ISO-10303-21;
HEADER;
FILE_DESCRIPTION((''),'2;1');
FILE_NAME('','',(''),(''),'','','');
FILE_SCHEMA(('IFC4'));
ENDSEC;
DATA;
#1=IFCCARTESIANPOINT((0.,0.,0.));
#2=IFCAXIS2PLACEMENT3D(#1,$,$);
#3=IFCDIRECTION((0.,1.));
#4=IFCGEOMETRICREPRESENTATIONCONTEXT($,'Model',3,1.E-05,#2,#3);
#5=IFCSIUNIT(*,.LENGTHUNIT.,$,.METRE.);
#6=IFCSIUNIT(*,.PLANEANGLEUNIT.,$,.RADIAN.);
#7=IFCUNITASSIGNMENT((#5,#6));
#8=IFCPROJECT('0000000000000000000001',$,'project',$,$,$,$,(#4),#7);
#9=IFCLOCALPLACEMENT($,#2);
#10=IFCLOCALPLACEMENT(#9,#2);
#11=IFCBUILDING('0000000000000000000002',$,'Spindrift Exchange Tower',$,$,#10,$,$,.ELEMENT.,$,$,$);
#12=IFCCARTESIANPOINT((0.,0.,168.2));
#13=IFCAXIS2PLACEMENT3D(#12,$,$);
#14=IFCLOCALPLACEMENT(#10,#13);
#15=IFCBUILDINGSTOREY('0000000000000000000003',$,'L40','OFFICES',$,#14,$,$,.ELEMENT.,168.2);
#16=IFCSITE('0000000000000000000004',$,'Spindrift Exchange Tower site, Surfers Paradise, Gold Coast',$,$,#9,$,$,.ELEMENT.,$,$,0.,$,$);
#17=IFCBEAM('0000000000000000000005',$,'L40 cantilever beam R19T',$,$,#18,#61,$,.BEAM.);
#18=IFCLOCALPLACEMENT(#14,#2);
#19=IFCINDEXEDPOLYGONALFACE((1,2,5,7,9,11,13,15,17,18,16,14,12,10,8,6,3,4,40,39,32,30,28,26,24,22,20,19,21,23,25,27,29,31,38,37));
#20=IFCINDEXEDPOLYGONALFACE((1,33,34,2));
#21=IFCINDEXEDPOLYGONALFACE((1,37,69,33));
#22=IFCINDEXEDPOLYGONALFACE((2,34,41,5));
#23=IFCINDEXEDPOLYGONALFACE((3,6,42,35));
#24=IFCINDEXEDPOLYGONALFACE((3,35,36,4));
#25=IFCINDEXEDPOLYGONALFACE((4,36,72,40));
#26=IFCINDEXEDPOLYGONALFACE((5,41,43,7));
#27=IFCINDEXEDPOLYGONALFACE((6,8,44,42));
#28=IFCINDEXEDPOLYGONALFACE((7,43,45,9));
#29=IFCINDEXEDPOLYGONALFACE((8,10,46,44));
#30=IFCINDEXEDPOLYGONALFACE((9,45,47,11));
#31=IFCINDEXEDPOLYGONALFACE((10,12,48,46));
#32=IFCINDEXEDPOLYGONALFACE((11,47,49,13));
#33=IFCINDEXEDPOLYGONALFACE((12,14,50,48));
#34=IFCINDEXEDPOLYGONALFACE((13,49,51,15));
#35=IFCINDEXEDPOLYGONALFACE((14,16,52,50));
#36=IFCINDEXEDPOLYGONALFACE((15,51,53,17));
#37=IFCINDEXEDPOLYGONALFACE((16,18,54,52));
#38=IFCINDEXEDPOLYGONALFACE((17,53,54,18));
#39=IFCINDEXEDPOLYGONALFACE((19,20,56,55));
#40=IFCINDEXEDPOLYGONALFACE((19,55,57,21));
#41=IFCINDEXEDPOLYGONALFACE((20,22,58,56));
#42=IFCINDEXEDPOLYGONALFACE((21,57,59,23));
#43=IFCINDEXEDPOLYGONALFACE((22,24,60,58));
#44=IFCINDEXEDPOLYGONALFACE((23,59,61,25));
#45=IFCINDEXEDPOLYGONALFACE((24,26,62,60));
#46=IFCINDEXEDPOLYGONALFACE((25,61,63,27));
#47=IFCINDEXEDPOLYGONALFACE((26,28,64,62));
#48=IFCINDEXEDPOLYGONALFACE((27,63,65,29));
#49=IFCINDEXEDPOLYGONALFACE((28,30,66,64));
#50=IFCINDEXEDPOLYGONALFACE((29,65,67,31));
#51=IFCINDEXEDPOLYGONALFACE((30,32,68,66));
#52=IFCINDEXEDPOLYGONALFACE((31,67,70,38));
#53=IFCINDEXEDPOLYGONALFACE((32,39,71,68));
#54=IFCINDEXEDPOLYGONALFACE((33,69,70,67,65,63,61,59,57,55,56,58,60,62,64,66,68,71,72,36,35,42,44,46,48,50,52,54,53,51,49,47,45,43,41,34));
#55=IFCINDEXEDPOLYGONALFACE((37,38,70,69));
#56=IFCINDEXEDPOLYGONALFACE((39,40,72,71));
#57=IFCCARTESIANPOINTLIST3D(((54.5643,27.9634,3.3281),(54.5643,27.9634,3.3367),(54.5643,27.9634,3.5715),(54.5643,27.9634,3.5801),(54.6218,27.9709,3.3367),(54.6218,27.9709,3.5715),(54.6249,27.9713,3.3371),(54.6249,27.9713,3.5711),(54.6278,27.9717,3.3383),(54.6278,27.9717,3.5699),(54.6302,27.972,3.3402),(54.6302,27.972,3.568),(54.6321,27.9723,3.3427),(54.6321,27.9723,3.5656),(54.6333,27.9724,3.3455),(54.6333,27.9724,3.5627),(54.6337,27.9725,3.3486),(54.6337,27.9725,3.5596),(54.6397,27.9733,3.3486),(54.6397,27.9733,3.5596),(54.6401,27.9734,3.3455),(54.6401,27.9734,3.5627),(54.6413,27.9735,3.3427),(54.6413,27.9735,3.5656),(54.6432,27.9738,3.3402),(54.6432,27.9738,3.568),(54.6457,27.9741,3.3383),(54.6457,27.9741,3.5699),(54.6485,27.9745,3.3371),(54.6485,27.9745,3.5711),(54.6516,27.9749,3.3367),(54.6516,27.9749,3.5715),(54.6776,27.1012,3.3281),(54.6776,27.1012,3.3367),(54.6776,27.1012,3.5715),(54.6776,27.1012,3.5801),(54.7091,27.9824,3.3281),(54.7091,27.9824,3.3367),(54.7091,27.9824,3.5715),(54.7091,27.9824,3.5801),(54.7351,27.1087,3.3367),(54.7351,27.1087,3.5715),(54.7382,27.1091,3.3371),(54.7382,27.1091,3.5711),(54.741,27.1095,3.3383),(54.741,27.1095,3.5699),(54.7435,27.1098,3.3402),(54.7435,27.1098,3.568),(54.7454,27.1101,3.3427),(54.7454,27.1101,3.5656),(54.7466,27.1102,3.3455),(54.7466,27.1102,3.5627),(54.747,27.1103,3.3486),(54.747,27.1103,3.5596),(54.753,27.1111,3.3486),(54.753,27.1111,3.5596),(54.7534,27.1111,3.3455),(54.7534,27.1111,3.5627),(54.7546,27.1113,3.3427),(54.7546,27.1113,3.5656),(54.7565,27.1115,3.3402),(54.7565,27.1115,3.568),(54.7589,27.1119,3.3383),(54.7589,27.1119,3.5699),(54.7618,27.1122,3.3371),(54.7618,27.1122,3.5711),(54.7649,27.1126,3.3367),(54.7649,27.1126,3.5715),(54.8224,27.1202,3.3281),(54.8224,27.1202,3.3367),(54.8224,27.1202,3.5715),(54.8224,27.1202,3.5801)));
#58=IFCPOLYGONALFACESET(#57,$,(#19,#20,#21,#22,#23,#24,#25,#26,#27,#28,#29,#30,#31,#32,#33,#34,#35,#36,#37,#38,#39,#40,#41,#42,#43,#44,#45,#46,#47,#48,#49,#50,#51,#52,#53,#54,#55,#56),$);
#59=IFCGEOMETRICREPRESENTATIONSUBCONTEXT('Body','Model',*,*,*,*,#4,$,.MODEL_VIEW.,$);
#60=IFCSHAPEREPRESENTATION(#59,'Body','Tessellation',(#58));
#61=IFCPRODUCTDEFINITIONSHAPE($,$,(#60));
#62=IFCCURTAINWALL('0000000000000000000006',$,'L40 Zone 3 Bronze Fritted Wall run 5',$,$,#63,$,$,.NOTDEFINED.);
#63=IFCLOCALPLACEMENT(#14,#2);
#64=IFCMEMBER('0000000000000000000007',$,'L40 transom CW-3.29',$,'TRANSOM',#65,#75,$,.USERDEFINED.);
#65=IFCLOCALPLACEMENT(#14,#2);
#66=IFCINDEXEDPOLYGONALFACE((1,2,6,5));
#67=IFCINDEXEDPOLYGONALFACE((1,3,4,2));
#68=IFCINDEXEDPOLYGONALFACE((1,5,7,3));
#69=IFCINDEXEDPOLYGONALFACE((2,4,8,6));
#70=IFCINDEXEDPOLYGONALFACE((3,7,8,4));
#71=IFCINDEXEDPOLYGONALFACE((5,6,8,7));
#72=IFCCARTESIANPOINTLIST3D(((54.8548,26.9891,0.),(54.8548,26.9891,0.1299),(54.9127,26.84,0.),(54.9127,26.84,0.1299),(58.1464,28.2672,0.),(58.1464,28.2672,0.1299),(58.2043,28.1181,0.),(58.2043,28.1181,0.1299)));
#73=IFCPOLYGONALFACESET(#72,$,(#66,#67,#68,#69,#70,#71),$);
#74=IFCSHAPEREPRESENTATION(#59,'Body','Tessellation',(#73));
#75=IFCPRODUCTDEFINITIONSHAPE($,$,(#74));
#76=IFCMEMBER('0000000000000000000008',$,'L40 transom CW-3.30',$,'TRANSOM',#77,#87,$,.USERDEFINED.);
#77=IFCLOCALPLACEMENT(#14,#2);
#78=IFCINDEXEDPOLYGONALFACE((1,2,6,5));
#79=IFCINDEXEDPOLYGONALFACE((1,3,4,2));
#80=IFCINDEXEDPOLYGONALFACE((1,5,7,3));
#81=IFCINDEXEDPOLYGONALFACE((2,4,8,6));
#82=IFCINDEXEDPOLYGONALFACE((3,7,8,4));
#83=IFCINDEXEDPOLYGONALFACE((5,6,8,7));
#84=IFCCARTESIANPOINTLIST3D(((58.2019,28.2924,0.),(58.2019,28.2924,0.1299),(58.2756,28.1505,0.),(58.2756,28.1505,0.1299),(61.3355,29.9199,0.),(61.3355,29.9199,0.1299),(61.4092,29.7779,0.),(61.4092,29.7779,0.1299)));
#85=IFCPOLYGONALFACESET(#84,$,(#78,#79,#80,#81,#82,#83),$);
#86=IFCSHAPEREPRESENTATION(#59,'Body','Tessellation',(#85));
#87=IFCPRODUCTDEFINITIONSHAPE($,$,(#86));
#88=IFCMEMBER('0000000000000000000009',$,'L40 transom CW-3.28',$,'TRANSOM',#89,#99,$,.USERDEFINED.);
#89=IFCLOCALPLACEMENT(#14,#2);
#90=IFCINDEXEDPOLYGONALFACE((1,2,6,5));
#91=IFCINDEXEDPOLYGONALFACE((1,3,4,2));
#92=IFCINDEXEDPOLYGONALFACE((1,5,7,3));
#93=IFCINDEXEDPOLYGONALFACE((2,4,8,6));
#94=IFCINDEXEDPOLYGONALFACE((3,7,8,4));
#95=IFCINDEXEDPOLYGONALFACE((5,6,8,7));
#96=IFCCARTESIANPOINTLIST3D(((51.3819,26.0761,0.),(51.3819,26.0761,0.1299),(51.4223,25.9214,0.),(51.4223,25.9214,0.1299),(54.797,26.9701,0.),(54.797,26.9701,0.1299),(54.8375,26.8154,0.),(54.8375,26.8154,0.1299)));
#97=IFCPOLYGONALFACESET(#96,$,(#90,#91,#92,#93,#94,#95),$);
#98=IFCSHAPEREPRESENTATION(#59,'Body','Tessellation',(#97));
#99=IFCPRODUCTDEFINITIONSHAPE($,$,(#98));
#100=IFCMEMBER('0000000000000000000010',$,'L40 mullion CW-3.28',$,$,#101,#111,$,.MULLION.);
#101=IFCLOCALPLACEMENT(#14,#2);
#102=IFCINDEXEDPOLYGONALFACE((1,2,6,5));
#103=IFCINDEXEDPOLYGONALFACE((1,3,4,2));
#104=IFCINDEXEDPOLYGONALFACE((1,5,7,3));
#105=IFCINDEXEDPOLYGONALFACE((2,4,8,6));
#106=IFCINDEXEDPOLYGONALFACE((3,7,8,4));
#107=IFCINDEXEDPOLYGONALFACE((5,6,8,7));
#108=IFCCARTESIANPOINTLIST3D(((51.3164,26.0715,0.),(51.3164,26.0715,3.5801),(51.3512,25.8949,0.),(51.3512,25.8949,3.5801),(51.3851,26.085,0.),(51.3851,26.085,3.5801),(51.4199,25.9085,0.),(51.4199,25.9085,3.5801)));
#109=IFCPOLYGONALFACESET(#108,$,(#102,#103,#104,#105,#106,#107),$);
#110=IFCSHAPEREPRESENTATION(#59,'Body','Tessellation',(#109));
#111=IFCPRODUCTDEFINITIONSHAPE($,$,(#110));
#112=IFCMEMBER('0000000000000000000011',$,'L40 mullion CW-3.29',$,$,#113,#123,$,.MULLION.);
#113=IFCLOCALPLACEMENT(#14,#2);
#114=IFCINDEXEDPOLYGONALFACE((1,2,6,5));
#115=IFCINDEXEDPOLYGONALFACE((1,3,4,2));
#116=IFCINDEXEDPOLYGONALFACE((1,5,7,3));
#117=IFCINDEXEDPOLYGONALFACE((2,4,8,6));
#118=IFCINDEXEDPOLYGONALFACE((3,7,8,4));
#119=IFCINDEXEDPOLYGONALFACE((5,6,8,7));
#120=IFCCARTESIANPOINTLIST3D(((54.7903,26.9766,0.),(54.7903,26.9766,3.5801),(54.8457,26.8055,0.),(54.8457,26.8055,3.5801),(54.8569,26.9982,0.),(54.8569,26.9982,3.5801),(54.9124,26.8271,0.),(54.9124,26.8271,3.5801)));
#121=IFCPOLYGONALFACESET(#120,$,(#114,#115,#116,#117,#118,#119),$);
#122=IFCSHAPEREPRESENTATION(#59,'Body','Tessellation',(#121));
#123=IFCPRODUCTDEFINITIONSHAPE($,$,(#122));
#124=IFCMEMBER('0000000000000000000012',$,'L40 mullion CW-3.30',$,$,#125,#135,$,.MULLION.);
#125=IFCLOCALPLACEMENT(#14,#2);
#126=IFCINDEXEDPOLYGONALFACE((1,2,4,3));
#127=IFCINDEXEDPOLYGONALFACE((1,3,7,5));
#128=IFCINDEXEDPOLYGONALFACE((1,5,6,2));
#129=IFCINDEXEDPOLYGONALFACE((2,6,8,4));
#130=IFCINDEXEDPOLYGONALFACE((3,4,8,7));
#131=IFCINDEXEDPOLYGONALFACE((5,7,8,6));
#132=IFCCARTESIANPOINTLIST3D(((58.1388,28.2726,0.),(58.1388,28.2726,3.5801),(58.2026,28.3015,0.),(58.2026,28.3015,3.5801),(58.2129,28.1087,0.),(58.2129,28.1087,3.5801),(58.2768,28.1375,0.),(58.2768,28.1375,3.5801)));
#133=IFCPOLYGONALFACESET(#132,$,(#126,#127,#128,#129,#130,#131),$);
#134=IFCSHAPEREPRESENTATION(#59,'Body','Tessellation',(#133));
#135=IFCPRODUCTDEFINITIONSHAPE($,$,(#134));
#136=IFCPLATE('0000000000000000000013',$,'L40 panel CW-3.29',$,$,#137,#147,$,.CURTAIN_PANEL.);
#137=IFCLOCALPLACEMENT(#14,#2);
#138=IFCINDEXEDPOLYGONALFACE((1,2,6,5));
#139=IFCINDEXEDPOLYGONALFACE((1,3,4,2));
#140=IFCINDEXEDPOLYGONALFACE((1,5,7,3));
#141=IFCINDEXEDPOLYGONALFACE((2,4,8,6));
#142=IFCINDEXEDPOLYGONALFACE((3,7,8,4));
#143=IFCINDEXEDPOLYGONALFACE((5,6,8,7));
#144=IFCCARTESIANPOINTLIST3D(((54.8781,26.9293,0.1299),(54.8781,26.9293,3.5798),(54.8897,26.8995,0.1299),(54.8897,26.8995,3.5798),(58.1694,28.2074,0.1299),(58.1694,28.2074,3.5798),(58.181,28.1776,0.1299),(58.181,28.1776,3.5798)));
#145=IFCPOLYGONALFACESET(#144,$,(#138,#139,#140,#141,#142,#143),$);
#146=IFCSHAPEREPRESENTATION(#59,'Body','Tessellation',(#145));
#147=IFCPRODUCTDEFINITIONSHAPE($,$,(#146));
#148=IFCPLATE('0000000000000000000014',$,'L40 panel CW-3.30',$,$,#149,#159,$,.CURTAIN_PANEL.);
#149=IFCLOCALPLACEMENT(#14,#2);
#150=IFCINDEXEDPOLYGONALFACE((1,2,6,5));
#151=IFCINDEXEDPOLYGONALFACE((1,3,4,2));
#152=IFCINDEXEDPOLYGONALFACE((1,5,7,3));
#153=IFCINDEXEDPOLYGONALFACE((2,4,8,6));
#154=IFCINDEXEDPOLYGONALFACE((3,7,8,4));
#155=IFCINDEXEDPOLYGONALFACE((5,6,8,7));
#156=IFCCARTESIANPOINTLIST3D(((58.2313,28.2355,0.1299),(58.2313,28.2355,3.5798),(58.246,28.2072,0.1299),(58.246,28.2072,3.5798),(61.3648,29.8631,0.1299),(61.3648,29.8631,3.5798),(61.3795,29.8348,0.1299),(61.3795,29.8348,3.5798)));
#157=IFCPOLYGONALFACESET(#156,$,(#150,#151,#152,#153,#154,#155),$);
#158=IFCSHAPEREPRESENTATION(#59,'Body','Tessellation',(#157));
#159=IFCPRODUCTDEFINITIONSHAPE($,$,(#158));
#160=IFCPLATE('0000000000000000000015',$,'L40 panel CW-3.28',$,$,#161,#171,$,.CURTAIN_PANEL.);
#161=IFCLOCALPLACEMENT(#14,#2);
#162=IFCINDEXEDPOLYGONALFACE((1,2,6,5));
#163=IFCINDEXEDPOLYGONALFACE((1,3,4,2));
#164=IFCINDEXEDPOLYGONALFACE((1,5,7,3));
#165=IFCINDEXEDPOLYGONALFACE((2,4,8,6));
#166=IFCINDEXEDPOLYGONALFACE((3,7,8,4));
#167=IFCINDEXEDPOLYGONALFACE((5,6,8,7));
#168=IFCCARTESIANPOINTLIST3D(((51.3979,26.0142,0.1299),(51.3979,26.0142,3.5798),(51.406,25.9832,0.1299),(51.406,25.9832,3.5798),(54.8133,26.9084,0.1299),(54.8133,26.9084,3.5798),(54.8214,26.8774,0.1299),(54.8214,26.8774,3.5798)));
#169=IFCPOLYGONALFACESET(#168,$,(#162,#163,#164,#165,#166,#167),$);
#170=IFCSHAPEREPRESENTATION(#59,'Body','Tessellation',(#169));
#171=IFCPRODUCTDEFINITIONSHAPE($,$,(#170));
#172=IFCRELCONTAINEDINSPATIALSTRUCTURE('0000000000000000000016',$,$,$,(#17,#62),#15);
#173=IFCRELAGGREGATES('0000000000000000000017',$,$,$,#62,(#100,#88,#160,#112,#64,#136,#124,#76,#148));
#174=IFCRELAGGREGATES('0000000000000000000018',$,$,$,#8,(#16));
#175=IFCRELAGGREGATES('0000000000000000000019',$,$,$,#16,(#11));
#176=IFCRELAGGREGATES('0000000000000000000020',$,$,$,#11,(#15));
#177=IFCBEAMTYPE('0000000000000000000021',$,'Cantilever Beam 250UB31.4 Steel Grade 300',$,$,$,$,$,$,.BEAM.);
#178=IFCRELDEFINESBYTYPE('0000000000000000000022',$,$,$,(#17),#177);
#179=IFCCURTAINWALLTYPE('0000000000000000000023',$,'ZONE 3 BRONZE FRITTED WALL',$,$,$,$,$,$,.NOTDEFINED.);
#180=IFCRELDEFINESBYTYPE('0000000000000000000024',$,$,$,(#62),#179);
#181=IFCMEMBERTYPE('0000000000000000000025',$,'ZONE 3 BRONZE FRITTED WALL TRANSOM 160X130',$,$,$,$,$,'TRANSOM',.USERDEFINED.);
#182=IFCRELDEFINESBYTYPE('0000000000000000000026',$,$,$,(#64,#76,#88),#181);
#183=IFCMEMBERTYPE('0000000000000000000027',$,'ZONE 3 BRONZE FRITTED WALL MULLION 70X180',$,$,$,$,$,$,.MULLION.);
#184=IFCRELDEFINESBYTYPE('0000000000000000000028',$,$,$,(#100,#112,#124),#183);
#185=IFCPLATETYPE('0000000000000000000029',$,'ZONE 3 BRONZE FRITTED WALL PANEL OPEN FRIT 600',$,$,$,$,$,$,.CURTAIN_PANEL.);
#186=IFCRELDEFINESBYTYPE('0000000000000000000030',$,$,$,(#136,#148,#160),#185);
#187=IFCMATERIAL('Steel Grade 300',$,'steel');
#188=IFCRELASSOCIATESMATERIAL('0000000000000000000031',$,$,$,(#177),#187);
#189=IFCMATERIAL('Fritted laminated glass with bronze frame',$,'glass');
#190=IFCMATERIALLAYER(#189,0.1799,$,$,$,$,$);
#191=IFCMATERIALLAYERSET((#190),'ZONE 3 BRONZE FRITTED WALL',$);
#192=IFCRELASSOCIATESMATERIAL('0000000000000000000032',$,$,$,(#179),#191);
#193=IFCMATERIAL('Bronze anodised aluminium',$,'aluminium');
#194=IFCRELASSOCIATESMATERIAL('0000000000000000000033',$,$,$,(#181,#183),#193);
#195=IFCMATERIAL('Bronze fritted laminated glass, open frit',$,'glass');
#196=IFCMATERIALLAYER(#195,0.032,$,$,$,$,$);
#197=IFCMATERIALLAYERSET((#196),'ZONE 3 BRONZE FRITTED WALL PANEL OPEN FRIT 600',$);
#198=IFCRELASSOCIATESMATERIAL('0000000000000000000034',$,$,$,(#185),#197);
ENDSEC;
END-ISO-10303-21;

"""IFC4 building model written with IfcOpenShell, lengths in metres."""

from ifc_helpers import new_model, si_unit, direction, frame, origin, origin_2d, place, context, subcontext, project, spatial, rectangle, i_section, extrude, source, transform, mapped, material, layer, layer_set, material_profile, profile_set, type_object, element, aggregate, save


model = new_model("IFC4")

# Units and contexts
model_context = context("Model", 3, precision=1e-05, world=origin(), true_north=direction((0.0, 1.0)))
body_context = subcontext(model_context, "Body", "Model", "MODEL_VIEW")
ifc_project = project(units=[si_unit("LENGTHUNIT", "METRE"), si_unit("PLANEANGLEUNIT", "RADIAN")], contexts=[model_context])

# Site, building, storey
site_placement = place(None, origin())
site = spatial("IfcSite", under=ifc_project, at=site_placement, Name="Spindrift Exchange Tower site, Surfers Paradise, Gold Coast", CompositionType="ELEMENT", RefElevation=0.0)
building_placement = place(site_placement, origin())
building = spatial("IfcBuilding", under=site, at=building_placement, Name="Spindrift Exchange Tower", CompositionType="ELEMENT")
storey_placement = place(building_placement, frame((0.0, 0.0, 168.2)))
storey = spatial("IfcBuildingStorey", under=building, at=storey_placement, Name="L40", Description="OFFICES", CompositionType="ELEMENT", Elevation=168.2)

# Beam
ifc_material_1 = material(Name="Steel Grade 300", Category="steel")
ifc_material_profile_1 = material_profile(ifc_material_1, i_section(OverallWidth=0.146, OverallDepth=0.252, WebThickness=0.0061, FlangeThickness=0.0085, FilletRadius=0.012, at=origin_2d()), Name="250UB31.4")
ifc_profile_set_1 = profile_set([ifc_material_profile_1], Name="Steel Grade 300")
beam_type_1 = type_object("IfcBeamType", Name="Cantilever Beam 250UB31.4 Steel Grade 300", PredefinedType="BEAM", material=ifc_profile_set_1)
shared_shape_1 = source(origin(), body_context, "Body", "SweptSolid", [
    extrude(i_section(OverallWidth=0.146, OverallDepth=0.252, WebThickness=0.0061, FlangeThickness=0.0085, FilletRadius=0.012, at=origin_2d()), origin(), (0.0, 0.0, 1.0), 0.8696),
])
beam_1_placement = place(storey_placement, frame((54.6367, 27.9729, 3.4541), z_axis=(0.130251, -0.991481, 0.0), x_axis=(0.991481, 0.130251, 0.0)))
element("IfcBeam", 1, at=beam_1_placement, inside=storey, type_object=beam_type_1, Name="L40 cantilever beam R19T", PredefinedType="BEAM", context=body_context, shape_type="MappedRepresentation", body=[
    mapped(shared_shape_1, transform((0.0, 0.0, 0.0), scale=1.0)),
])

# Curtain wall, members, plates
ifc_material_2 = material(Name="Fritted laminated glass with bronze frame", Category="glass")
ifc_layer_1 = layer(ifc_material_2, 0.1799)
ifc_layer_set_1 = layer_set([ifc_layer_1], Name="ZONE 3 BRONZE FRITTED WALL")
curtain_wall_type = type_object("IfcCurtainWallType", Name="ZONE 3 BRONZE FRITTED WALL", PredefinedType="NOTDEFINED", material=ifc_layer_set_1)
curtain_wall_placement = place(storey_placement, origin())
curtain_wall = element("IfcCurtainWall", 2, at=curtain_wall_placement, inside=storey, type_object=curtain_wall_type, Name="L40 Zone 3 Bronze Fritted Wall run 5", PredefinedType="NOTDEFINED")
ifc_material_3 = material(Name="Bronze anodised aluminium", Category="aluminium")
ifc_material_profile_2 = material_profile(ifc_material_3, rectangle(XDim=0.1599, YDim=0.1299, at=origin_2d()), Name="ZONE 3 BRONZE FRITTED WALL TRANSOM 160X130")
ifc_profile_set_2 = profile_set([ifc_material_profile_2], Name="Bronze anodised aluminium")
member_type_1 = type_object("IfcMemberType", Name="ZONE 3 BRONZE FRITTED WALL TRANSOM 160X130", ElementType="TRANSOM", PredefinedType="USERDEFINED", material=ifc_profile_set_2)
shared_shape_2 = source(origin(), body_context, "Body", "SweptSolid", [
    extrude(rectangle(XDim=0.1599, YDim=0.1299, at=origin_2d()), origin(), (0.0, 0.0, 1.0), 3.531),
])
member_1_placement = place(storey_placement, frame((54.8838, 26.9146, 0.0649), z_axis=(0.932191, 0.361966, 0.0), x_axis=(-0.361966, 0.932191, 0.0)))
member_1 = element("IfcMember", 3, at=member_1_placement, type_object=member_type_1, Name="L40 transom CW-3.29", ObjectType="TRANSOM", PredefinedType="USERDEFINED", context=body_context, shape_type="MappedRepresentation", body=[
    mapped(shared_shape_2, transform((0.0, 0.0, 0.0), scale=1.0)),
])
member_2_placement = place(storey_placement, frame((58.2388, 28.2214, 0.0649), z_axis=(0.887449, 0.460906, 0.0), x_axis=(-0.460906, 0.887449, 0.0)))
member_2 = element("IfcMember", 4, at=member_2_placement, type_object=member_type_1, Name="L40 transom CW-3.30", ObjectType="TRANSOM", PredefinedType="USERDEFINED", context=body_context, shape_type="MappedRepresentation", body=[
    mapped(shared_shape_2, transform((0.0, 0.0, 0.0), scale=1.0)),
])
shared_shape_3 = source(origin(), body_context, "Body", "SweptSolid", [
    extrude(rectangle(XDim=0.1599, YDim=0.1299, at=origin_2d()), origin(), (0.0, 0.0, 1.0), 3.5303),
])
member_3_placement = place(storey_placement, frame((51.4021, 25.9988, 0.0649), z_axis=(0.967402, 0.253244, 0.0), x_axis=(-0.253244, 0.967402, 0.0)))
member_3 = element("IfcMember", 5, at=member_3_placement, type_object=member_type_1, Name="L40 transom CW-3.28", ObjectType="TRANSOM", PredefinedType="USERDEFINED", context=body_context, shape_type="MappedRepresentation", body=[
    mapped(shared_shape_3, transform((0.0, 0.0, 0.0), scale=1.0)),
])
ifc_material_profile_3 = material_profile(ifc_material_3, rectangle(XDim=0.0701, YDim=0.1799, at=origin_2d()), Name="ZONE 3 BRONZE FRITTED WALL MULLION 70X180")
ifc_profile_set_3 = profile_set([ifc_material_profile_3], Name="Bronze anodised aluminium")
member_type_2 = type_object("IfcMemberType", Name="ZONE 3 BRONZE FRITTED WALL MULLION 70X180", PredefinedType="MULLION", material=ifc_profile_set_3)
shared_shape_4 = source(origin(), body_context, "Body", "SweptSolid", [
    extrude(rectangle(XDim=0.0701, YDim=0.1799, at=origin_2d()), origin(), (0.0, 0.0, 1.0), 3.5801),
])
member_4_placement = place(storey_placement, frame((51.3682, 25.99, 0.0), z_axis=(0.0, 0.0, 1.0), x_axis=(0.981143, 0.193282, 0.0)))
member_4 = element("IfcMember", 6, at=member_4_placement, type_object=member_type_2, Name="L40 mullion CW-3.28", PredefinedType="MULLION", context=body_context, shape_type="MappedRepresentation", body=[
    mapped(shared_shape_4, transform((0.0, 0.0, 0.0), scale=1.0)),
])
member_5_placement = place(storey_placement, frame((54.8513, 26.9019, 0.0), z_axis=(0.0, 0.0, 1.0), x_axis=(0.951344, 0.308131, 0.0)))
member_5 = element("IfcMember", 7, at=member_5_placement, type_object=member_type_2, Name="L40 mullion CW-3.29", PredefinedType="MULLION", context=body_context, shape_type="MappedRepresentation", body=[
    mapped(shared_shape_4, transform((0.0, 0.0, 0.0), scale=1.0)),
])
member_6_placement = place(storey_placement, frame((58.2078, 28.2051, 0.0), z_axis=(0.0, 0.0, 1.0), x_axis=(0.911152, 0.41207, 0.0)))
member_6 = element("IfcMember", 8, at=member_6_placement, type_object=member_type_2, Name="L40 mullion CW-3.30", PredefinedType="MULLION", context=body_context, shape_type="MappedRepresentation", body=[
    mapped(shared_shape_4, transform((0.0, 0.0, 0.0), scale=1.0)),
])
ifc_material_4 = material(Name="Bronze fritted laminated glass, open frit", Category="glass")
ifc_layer_2 = layer(ifc_material_4, 0.032)
ifc_layer_set_2 = layer_set([ifc_layer_2], Name="ZONE 3 BRONZE FRITTED WALL PANEL OPEN FRIT 600")
plate_type = type_object("IfcPlateType", Name="ZONE 3 BRONZE FRITTED WALL PANEL OPEN FRIT 600", PredefinedType="CURTAIN_PANEL", material=ifc_layer_set_2)
shared_shape_5 = source(origin(), body_context, "Body", "SweptSolid", [
    extrude(rectangle(XDim=3.5308, YDim=0.032, at=origin_2d()), origin(), (0.0, 0.0, 1.0), 3.45),
])
plate_1_placement = place(storey_placement, frame((56.5295, 27.5535, 0.1299), z_axis=(0.0, 0.0, 1.0), x_axis=(0.932187, 0.361978, 0.0)))
plate_1 = element("IfcPlate", 9, at=plate_1_placement, type_object=plate_type, Name="L40 panel CW-3.29", PredefinedType="CURTAIN_PANEL", context=body_context, shape_type="MappedRepresentation", body=[
    mapped(shared_shape_5, transform((0.0, 0.0, 0.0), scale=1.0)),
])
shared_shape_6 = source(origin(), body_context, "Body", "SweptSolid", [
    extrude(rectangle(XDim=3.531, YDim=0.032, at=origin_2d()), origin(), (0.0, 0.0, 1.0), 3.45),
])
plate_2_placement = place(storey_placement, frame((59.8054, 29.0352, 0.1299), z_axis=(0.0, 0.0, 1.0), x_axis=(0.887428, 0.460946, 0.0)))
plate_2 = element("IfcPlate", 10, at=plate_2_placement, type_object=plate_type, Name="L40 panel CW-3.30", PredefinedType="CURTAIN_PANEL", context=body_context, shape_type="MappedRepresentation", body=[
    mapped(shared_shape_6, transform((0.0, 0.0, 0.0), scale=1.0)),
])
shared_shape_7 = source(origin(), body_context, "Body", "SweptSolid", [
    extrude(rectangle(XDim=3.5305, YDim=0.032, at=origin_2d()), origin(), (0.0, 0.0, 1.0), 3.45),
])
plate_3_placement = place(storey_placement, frame((53.1096, 26.4458, 0.1299), z_axis=(0.0, 0.0, 1.0), x_axis=(0.967393, 0.253278, 0.0)))
plate_3 = element("IfcPlate", 11, at=plate_3_placement, type_object=plate_type, Name="L40 panel CW-3.28", PredefinedType="CURTAIN_PANEL", context=body_context, shape_type="MappedRepresentation", body=[
    mapped(shared_shape_7, transform((0.0, 0.0, 0.0), scale=1.0)),
])
aggregate(curtain_wall, [member_4, member_3, plate_3, member_5, member_1, plate_1, member_6, member_2, plate_2])

save(model, "model.ifc")
